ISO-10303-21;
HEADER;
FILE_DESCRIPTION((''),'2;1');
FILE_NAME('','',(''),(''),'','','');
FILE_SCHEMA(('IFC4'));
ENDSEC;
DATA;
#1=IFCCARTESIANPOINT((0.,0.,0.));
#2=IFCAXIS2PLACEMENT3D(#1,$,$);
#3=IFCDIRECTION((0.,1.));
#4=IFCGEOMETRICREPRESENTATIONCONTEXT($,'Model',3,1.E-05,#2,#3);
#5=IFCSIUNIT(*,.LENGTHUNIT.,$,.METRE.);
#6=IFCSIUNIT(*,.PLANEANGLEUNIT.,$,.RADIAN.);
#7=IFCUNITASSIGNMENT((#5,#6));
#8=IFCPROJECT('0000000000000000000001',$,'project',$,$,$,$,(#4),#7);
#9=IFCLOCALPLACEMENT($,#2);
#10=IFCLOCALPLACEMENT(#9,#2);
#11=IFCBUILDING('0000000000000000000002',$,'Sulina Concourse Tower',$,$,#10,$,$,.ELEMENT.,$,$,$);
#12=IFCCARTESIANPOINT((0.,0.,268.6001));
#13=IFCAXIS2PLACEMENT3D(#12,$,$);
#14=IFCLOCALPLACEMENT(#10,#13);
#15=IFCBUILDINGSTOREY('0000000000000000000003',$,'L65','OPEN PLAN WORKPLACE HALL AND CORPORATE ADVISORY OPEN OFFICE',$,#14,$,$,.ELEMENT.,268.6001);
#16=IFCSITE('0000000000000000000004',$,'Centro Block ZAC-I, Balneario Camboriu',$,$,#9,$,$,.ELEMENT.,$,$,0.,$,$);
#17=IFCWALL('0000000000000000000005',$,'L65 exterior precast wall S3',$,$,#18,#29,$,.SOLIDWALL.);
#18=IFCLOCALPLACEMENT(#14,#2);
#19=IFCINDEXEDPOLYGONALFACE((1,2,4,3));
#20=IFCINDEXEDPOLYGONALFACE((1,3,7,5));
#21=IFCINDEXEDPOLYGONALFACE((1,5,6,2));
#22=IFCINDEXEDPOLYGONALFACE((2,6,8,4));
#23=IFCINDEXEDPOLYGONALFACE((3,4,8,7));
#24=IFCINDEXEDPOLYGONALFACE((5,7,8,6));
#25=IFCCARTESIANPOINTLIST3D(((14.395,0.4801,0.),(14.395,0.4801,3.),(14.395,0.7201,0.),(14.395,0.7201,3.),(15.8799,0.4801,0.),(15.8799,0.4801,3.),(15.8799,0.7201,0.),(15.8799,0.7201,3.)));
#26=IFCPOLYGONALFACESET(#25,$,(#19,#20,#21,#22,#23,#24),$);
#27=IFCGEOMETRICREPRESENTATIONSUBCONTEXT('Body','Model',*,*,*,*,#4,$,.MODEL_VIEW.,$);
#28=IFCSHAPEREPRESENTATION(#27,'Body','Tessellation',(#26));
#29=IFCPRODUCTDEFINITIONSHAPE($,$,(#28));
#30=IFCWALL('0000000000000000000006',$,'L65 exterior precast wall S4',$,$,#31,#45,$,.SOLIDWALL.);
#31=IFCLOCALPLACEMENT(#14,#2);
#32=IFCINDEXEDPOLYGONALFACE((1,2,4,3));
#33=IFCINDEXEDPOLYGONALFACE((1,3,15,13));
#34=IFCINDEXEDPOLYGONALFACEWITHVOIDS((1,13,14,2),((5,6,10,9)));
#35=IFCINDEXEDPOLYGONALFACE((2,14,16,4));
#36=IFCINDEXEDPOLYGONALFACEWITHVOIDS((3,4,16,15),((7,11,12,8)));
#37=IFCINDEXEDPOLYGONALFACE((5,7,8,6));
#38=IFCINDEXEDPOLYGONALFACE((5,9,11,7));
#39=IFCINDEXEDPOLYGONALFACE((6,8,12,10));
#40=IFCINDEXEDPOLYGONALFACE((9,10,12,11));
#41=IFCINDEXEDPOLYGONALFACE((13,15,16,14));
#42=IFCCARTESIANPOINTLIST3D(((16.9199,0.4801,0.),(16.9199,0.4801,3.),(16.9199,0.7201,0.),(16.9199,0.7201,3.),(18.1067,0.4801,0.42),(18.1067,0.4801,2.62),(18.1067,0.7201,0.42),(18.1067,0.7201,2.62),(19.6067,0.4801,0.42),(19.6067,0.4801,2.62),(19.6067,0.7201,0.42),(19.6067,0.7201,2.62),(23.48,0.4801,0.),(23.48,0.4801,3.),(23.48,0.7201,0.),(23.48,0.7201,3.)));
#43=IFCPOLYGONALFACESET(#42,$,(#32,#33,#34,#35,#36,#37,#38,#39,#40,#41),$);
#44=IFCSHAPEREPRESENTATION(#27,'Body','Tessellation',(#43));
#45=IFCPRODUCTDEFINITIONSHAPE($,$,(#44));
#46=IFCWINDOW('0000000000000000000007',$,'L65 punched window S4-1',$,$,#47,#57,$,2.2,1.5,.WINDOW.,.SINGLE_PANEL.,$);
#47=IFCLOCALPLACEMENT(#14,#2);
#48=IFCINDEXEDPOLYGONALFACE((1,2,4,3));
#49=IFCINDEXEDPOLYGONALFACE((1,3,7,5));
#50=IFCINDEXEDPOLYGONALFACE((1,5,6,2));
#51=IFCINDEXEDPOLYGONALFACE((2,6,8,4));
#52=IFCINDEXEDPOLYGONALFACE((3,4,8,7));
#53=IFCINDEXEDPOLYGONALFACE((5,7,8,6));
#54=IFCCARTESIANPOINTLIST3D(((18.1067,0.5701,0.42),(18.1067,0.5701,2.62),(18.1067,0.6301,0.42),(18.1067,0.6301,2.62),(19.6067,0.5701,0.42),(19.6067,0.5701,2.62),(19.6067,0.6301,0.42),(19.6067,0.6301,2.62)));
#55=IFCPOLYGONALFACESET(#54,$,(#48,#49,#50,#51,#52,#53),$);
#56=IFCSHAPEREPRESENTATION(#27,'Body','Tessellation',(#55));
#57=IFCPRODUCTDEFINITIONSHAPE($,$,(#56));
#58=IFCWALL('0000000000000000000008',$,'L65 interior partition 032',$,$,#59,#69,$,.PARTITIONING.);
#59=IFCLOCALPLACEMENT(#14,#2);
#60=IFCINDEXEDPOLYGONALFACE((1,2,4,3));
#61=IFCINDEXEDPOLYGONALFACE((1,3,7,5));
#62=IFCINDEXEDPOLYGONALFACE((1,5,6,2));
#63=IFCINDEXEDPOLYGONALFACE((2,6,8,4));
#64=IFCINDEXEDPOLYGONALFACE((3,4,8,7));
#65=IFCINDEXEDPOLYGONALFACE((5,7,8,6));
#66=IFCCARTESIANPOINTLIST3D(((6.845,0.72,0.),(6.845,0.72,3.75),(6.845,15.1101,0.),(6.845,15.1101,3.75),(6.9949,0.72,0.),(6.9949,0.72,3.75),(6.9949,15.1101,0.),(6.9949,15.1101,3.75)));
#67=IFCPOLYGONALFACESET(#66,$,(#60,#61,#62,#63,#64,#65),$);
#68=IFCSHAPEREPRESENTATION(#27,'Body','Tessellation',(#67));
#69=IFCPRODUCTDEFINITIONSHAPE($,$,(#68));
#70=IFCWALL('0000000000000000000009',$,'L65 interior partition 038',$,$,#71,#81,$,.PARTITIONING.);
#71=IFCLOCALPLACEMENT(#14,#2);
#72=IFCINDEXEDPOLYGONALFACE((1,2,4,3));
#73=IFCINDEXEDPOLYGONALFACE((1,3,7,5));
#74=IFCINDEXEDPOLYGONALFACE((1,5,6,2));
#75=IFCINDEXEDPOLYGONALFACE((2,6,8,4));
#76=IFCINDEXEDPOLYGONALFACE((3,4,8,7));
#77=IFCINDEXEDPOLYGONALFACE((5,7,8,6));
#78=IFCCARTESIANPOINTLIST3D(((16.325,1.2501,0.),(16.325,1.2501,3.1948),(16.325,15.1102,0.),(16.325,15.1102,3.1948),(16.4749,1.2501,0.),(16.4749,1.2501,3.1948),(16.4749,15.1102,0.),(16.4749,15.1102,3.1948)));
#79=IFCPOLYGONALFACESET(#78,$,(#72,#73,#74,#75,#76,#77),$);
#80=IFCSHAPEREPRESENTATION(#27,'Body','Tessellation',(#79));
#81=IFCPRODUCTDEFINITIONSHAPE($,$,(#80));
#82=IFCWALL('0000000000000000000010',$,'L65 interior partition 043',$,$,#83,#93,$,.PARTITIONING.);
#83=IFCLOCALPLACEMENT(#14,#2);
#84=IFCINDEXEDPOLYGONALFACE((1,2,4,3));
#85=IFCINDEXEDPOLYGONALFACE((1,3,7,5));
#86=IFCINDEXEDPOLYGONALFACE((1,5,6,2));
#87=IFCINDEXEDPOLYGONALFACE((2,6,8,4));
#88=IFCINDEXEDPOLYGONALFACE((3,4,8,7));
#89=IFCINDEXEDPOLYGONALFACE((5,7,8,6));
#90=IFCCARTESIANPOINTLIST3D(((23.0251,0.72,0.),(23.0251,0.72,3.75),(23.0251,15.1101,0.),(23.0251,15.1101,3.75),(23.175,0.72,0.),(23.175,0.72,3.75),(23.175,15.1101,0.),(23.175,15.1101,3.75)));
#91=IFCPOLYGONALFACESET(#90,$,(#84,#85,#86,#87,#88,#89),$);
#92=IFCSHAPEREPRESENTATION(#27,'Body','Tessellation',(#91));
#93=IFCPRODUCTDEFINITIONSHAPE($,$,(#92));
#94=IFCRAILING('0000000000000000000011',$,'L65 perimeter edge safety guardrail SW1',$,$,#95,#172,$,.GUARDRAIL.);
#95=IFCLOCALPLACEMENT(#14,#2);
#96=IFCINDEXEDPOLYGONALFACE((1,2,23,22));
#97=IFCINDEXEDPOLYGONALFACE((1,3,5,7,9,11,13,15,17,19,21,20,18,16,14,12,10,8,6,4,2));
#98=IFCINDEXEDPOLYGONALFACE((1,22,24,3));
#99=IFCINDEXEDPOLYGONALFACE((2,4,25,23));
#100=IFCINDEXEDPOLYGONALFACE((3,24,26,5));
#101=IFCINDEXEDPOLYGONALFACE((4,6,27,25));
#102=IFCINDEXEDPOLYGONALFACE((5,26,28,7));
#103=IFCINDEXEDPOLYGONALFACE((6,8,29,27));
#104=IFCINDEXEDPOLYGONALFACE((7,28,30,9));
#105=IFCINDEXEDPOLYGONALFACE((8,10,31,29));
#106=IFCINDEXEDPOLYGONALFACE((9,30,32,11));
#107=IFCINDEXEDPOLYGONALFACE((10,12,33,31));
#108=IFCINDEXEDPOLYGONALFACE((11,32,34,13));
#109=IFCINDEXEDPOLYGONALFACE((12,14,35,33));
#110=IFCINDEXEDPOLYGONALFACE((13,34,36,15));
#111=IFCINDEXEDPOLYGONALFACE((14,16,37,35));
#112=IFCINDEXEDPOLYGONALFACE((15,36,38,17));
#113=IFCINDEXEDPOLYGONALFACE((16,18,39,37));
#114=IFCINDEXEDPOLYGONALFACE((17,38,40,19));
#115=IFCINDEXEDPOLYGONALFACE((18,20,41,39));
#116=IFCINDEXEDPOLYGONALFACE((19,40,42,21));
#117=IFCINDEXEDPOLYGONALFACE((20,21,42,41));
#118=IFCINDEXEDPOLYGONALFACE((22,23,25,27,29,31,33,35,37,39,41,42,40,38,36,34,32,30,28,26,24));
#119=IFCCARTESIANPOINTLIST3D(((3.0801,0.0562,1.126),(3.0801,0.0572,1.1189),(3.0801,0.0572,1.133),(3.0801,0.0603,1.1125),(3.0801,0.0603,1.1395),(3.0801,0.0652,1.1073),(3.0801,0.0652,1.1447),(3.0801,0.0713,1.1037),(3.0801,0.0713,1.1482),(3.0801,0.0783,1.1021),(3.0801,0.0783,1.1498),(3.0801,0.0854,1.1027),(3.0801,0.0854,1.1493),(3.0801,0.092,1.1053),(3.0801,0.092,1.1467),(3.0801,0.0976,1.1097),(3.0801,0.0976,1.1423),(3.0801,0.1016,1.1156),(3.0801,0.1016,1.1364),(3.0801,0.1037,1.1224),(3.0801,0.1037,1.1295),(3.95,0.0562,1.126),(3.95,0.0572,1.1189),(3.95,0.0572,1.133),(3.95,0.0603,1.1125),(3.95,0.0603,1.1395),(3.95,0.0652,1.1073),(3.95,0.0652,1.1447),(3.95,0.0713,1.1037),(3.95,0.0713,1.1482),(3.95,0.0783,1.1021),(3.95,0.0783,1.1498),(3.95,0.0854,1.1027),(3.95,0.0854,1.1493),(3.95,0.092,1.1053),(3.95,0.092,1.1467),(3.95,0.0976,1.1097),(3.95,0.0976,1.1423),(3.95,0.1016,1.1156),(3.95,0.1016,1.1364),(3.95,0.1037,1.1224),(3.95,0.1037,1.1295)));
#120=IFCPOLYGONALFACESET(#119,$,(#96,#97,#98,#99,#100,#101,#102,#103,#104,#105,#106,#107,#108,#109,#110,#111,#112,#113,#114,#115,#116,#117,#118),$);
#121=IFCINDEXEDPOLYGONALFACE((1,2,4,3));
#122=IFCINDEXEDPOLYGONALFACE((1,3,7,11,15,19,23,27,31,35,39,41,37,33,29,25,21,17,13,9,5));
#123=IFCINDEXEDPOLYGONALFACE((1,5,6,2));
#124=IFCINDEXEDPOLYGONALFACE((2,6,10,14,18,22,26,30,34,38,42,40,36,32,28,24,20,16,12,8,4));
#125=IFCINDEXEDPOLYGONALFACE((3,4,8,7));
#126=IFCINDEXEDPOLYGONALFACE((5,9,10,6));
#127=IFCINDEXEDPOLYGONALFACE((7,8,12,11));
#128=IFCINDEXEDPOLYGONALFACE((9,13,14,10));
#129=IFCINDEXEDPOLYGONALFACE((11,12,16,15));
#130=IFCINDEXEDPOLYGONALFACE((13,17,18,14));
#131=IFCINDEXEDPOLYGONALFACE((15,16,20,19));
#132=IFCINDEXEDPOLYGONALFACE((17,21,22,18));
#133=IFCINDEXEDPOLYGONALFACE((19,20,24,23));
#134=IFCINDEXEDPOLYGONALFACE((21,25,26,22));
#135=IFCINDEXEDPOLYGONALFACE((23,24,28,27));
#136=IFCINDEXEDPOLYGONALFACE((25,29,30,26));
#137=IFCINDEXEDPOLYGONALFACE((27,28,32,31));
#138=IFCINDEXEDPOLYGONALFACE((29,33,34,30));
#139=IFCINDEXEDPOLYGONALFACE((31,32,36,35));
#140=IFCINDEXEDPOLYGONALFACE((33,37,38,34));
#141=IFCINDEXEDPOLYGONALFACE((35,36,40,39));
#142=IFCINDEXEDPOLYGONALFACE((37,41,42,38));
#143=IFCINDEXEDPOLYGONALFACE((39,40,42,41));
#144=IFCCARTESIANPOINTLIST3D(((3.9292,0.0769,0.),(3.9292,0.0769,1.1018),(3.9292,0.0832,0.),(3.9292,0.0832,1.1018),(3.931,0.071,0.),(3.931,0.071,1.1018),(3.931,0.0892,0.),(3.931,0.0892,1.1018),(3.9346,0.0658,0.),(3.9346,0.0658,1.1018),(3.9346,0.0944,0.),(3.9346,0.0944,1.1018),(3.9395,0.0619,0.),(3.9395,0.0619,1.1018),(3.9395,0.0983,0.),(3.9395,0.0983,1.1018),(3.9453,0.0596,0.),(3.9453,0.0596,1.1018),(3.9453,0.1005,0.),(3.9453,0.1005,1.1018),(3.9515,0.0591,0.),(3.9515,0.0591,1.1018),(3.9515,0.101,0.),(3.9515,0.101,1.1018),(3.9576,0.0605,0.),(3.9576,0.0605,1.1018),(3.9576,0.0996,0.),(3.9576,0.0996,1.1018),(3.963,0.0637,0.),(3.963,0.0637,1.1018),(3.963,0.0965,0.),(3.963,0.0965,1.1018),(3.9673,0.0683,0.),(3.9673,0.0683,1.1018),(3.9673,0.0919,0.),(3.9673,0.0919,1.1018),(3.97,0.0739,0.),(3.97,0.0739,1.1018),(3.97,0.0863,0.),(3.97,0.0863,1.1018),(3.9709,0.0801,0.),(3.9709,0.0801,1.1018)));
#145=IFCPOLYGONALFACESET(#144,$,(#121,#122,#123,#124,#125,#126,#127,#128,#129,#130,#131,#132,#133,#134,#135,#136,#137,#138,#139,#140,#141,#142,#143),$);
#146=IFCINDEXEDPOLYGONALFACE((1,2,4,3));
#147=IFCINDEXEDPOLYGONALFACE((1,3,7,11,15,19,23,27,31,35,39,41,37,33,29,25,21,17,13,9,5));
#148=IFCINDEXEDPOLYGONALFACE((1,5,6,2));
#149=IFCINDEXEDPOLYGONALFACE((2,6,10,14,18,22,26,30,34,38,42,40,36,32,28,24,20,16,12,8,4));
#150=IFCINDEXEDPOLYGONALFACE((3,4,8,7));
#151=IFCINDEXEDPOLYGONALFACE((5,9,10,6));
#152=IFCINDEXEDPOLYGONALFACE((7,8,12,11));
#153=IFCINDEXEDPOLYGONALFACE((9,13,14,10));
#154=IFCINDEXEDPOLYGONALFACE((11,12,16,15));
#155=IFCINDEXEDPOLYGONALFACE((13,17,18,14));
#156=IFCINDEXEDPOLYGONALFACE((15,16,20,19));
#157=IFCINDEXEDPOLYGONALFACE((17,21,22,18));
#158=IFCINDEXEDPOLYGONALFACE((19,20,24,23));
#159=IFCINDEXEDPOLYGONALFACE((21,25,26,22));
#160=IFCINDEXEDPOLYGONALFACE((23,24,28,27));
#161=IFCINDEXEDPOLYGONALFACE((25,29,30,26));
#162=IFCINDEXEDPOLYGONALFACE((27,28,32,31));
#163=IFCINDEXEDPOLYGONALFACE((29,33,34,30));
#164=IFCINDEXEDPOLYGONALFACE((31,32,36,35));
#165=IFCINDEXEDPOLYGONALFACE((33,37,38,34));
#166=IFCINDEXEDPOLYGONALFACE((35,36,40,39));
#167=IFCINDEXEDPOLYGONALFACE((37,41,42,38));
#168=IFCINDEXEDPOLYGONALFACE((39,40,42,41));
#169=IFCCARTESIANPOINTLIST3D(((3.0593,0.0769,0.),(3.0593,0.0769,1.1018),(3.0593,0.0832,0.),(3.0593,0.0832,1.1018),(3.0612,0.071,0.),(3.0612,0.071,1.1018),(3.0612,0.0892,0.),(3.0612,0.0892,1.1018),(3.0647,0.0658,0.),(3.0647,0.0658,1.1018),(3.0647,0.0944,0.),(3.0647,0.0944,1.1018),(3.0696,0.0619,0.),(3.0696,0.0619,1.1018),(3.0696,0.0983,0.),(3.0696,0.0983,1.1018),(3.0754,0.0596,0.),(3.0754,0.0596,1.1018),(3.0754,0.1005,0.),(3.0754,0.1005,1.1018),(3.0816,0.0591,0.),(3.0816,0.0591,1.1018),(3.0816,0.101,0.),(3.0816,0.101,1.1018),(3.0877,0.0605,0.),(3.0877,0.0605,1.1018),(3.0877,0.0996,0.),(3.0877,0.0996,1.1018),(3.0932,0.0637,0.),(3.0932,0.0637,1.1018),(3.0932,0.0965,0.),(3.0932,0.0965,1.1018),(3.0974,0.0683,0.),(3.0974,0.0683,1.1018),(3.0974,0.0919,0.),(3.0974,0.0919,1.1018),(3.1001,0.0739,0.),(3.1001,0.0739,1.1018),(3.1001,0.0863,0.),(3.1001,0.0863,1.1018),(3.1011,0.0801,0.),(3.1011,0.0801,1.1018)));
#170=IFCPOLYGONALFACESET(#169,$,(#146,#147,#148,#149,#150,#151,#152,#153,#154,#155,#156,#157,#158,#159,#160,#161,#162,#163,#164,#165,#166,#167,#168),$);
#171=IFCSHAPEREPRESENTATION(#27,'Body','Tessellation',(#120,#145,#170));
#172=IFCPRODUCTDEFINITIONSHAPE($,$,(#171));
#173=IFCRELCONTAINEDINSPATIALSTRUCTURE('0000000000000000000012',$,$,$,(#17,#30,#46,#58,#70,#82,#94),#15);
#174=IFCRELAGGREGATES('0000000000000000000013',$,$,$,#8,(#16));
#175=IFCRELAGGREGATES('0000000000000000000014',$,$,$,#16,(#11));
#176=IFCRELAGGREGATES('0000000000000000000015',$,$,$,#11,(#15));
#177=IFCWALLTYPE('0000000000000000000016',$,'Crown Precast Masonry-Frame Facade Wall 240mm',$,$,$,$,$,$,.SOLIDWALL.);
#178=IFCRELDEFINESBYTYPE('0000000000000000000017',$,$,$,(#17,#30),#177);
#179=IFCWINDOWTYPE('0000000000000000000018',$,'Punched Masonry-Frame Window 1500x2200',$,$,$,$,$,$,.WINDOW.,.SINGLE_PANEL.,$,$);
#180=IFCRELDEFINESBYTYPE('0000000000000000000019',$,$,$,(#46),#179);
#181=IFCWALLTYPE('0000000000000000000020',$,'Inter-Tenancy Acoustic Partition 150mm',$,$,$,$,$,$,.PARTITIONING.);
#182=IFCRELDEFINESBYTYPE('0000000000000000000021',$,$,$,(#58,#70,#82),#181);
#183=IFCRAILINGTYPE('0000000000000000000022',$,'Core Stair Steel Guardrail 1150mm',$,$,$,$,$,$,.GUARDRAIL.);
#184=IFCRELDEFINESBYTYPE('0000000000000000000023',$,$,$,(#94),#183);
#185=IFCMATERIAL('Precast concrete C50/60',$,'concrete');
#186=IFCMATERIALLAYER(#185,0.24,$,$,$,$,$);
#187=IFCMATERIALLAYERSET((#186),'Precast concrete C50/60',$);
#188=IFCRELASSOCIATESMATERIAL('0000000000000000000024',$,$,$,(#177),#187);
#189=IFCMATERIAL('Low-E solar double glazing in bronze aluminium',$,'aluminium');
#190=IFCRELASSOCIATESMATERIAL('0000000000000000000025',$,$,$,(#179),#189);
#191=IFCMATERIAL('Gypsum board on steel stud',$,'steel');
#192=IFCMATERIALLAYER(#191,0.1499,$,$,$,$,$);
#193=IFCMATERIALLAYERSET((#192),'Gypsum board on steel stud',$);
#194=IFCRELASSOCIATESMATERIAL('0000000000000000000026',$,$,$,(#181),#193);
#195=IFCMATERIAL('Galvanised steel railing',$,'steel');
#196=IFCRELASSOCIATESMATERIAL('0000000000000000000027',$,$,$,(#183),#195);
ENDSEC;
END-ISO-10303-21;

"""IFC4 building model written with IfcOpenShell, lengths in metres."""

from ifc_helpers import new_model, si_unit, direction, frame, frame_2d, origin, origin_2d, place, context, subcontext, project, spatial, rectangle, circle, extrude, material, layer, layer_set, type_object, element, fill, save


model = new_model("IFC4")

# Units and contexts
model_context = context("Model", 3, precision=1e-05, world=origin(), true_north=direction((0.0, 1.0)))
body_context = subcontext(model_context, "Body", "Model", "MODEL_VIEW")
ifc_project = project(units=[si_unit("LENGTHUNIT", "METRE"), si_unit("PLANEANGLEUNIT", "RADIAN")], contexts=[model_context])

# Site, building, storey
site_placement = place(None, origin())
site = spatial("IfcSite", under=ifc_project, at=site_placement, Name="Centro Block ZAC-I, Balneario Camboriu", CompositionType="ELEMENT", RefElevation=0.0)
building_placement = place(site_placement, origin())
building = spatial("IfcBuilding", under=site, at=building_placement, Name="Sulina Concourse Tower", CompositionType="ELEMENT")
storey_placement = place(building_placement, frame((0.0, 0.0, 268.6001)))
storey = spatial("IfcBuildingStorey", under=building, at=storey_placement, Name="L65", Description="OPEN PLAN WORKPLACE HALL AND CORPORATE ADVISORY OPEN OFFICE", CompositionType="ELEMENT", Elevation=268.6001)

# Wall
ifc_material_1 = material(Name="Precast concrete C50/60", Category="concrete")
ifc_layer_1 = layer(ifc_material_1, 0.24)
ifc_layer_set_1 = layer_set([ifc_layer_1], Name="Precast concrete C50/60")
wall_type_1 = type_object("IfcWallType", Name="Crown Precast Masonry-Frame Facade Wall 240mm", PredefinedType="SOLIDWALL", material=ifc_layer_set_1)
wall_1_placement = place(storey_placement, frame((15.8799, 0.6001, 0.0), z_axis=(0.0, 0.0, 1.0), x_axis=(-1.0, 0.0, 0.0)))
element("IfcWall", 1, at=wall_1_placement, inside=storey, type_object=wall_type_1, Name="L65 exterior precast wall S3", PredefinedType="SOLIDWALL", context=body_context, shape_type="SweptSolid", body=[
    extrude(rectangle(XDim=1.4849, YDim=0.24, at=frame_2d((0.7424, 0.0))), origin(), (0.0, 0.0, 1.0), 3.0),
])

# Wall, opening, window
wall_2_placement = place(storey_placement, frame((23.48, 0.6001, 0.0), z_axis=(0.0, 0.0, 1.0), x_axis=(-1.0, 0.0, 0.0)))
wall_2 = element("IfcWall", 2, at=wall_2_placement, inside=storey, type_object=wall_type_1, Name="L65 exterior precast wall S4", PredefinedType="SOLIDWALL", context=body_context, shape_type="SweptSolid", body=[
    extrude(rectangle(XDim=6.5601, YDim=0.24, at=frame_2d((3.28, 0.0))), origin(), (0.0, 0.0, 1.0), 3.0),
])
opening_placement = place(wall_2_placement, frame((3.8733, 0.0, 0.4199)))
opening = element("IfcOpeningElement", 3, at=opening_placement, cuts=wall_2, PredefinedType="OPENING", context=body_context, shape_type="SweptSolid", body=[
    extrude(rectangle(XDim=1.5, YDim=2.2, at=frame_2d((0.75, 1.1001))), frame((0.0, 0.1299, 0.0), z_axis=(0.0, -1.0, 0.0), x_axis=(1.0, 0.0, 0.0)), (0.0, 0.0, 1.0), 0.26),
])
ifc_material_2 = material(Name="Low-E solar double glazing in bronze aluminium", Category="aluminium")
window_type = type_object("IfcWindowType", Name="Punched Masonry-Frame Window 1500x2200", PartitioningType="SINGLE_PANEL", PredefinedType="WINDOW", material=ifc_material_2)
window_placement = place(opening_placement, origin())
window = element("IfcWindow", 4, at=window_placement, inside=storey, type_object=window_type, Name="L65 punched window S4-1", OverallHeight=2.2, OverallWidth=1.5, PartitioningType="SINGLE_PANEL", PredefinedType="WINDOW", context=body_context, shape_type="SweptSolid", body=[
    extrude(rectangle(XDim=1.5, YDim=2.2, at=frame_2d((0.75, 1.1001))), frame((0.0, 0.03, 0.0), z_axis=(0.0, -1.0, 0.0), x_axis=(1.0, 0.0, 0.0)), (0.0, 0.0, 1.0), 0.0601),
])
fill(opening, window)

# Walls
ifc_material_3 = material(Name="Gypsum board on steel stud", Category="steel")
ifc_layer_2 = layer(ifc_material_3, 0.1499)
ifc_layer_set_2 = layer_set([ifc_layer_2], Name="Gypsum board on steel stud")
wall_type_2 = type_object("IfcWallType", Name="Inter-Tenancy Acoustic Partition 150mm", PredefinedType="PARTITIONING", material=ifc_layer_set_2)
wall_3_placement = place(storey_placement, frame((6.9199, 0.72, 0.0), z_axis=(0.0, 0.0, 1.0), x_axis=(0.0, 1.0, 0.0)))
element("IfcWall", 5, at=wall_3_placement, inside=storey, type_object=wall_type_2, Name="L65 interior partition 032", PredefinedType="PARTITIONING", context=body_context, shape_type="SweptSolid", body=[
    extrude(rectangle(XDim=14.3901, YDim=0.1499, at=frame_2d((7.1951, 0.0))), origin(), (0.0, 0.0, 1.0), 3.75),
])
wall_4_placement = place(storey_placement, frame((16.3999, 1.25, 0.0), z_axis=(0.0, 0.0, 1.0), x_axis=(0.0, 1.0, 0.0)))
element("IfcWall", 6, at=wall_4_placement, inside=storey, type_object=wall_type_2, Name="L65 interior partition 038", PredefinedType="PARTITIONING", context=body_context, shape_type="SweptSolid", body=[
    extrude(rectangle(XDim=13.8601, YDim=0.1499, at=frame_2d((6.9302, 0.0))), origin(), (0.0, 0.0, 1.0), 3.1948),
])
wall_5_placement = place(storey_placement, frame((23.1001, 0.72, 0.0), z_axis=(0.0, 0.0, 1.0), x_axis=(0.0, 1.0, 0.0)))
element("IfcWall", 7, at=wall_5_placement, inside=storey, type_object=wall_type_2, Name="L65 interior partition 043", PredefinedType="PARTITIONING", context=body_context, shape_type="SweptSolid", body=[
    extrude(rectangle(XDim=14.3901, YDim=0.1499, at=frame_2d((7.1951, 0.0))), origin(), (0.0, 0.0, 1.0), 3.75),
])

# Railing
ifc_material_4 = material(Name="Galvanised steel railing", Category="steel")
railing_type = type_object("IfcRailingType", Name="Core Stair Steel Guardrail 1150mm", PredefinedType="GUARDRAIL", material=ifc_material_4)
railing_placement = place(storey_placement, frame((3.95, 0.0801, 0.0)))
element("IfcRailing", 8, at=railing_placement, inside=storey, type_object=railing_type, Name="L65 perimeter edge safety guardrail SW1", PredefinedType="GUARDRAIL", context=body_context, shape_type="SweptSolid", body=[
    extrude(circle(Radius=0.0239, at=origin_2d()), frame((0.0, 0.0, 1.126), z_axis=(-1.0, 0.0, 0.0), x_axis=(0.0, -1.0, 0.0)), (0.0, 0.0, 1.0), 0.8699),
    extrude(circle(Radius=0.021, at=origin_2d()), origin(), (0.0, 0.0, 1.0), 1.1018),
    extrude(circle(Radius=0.021, at=origin_2d()), frame((-0.8699, 0.0, 0.0)), (0.0, 0.0, 1.0), 1.1018),
])

save(model, "model.ifc")
